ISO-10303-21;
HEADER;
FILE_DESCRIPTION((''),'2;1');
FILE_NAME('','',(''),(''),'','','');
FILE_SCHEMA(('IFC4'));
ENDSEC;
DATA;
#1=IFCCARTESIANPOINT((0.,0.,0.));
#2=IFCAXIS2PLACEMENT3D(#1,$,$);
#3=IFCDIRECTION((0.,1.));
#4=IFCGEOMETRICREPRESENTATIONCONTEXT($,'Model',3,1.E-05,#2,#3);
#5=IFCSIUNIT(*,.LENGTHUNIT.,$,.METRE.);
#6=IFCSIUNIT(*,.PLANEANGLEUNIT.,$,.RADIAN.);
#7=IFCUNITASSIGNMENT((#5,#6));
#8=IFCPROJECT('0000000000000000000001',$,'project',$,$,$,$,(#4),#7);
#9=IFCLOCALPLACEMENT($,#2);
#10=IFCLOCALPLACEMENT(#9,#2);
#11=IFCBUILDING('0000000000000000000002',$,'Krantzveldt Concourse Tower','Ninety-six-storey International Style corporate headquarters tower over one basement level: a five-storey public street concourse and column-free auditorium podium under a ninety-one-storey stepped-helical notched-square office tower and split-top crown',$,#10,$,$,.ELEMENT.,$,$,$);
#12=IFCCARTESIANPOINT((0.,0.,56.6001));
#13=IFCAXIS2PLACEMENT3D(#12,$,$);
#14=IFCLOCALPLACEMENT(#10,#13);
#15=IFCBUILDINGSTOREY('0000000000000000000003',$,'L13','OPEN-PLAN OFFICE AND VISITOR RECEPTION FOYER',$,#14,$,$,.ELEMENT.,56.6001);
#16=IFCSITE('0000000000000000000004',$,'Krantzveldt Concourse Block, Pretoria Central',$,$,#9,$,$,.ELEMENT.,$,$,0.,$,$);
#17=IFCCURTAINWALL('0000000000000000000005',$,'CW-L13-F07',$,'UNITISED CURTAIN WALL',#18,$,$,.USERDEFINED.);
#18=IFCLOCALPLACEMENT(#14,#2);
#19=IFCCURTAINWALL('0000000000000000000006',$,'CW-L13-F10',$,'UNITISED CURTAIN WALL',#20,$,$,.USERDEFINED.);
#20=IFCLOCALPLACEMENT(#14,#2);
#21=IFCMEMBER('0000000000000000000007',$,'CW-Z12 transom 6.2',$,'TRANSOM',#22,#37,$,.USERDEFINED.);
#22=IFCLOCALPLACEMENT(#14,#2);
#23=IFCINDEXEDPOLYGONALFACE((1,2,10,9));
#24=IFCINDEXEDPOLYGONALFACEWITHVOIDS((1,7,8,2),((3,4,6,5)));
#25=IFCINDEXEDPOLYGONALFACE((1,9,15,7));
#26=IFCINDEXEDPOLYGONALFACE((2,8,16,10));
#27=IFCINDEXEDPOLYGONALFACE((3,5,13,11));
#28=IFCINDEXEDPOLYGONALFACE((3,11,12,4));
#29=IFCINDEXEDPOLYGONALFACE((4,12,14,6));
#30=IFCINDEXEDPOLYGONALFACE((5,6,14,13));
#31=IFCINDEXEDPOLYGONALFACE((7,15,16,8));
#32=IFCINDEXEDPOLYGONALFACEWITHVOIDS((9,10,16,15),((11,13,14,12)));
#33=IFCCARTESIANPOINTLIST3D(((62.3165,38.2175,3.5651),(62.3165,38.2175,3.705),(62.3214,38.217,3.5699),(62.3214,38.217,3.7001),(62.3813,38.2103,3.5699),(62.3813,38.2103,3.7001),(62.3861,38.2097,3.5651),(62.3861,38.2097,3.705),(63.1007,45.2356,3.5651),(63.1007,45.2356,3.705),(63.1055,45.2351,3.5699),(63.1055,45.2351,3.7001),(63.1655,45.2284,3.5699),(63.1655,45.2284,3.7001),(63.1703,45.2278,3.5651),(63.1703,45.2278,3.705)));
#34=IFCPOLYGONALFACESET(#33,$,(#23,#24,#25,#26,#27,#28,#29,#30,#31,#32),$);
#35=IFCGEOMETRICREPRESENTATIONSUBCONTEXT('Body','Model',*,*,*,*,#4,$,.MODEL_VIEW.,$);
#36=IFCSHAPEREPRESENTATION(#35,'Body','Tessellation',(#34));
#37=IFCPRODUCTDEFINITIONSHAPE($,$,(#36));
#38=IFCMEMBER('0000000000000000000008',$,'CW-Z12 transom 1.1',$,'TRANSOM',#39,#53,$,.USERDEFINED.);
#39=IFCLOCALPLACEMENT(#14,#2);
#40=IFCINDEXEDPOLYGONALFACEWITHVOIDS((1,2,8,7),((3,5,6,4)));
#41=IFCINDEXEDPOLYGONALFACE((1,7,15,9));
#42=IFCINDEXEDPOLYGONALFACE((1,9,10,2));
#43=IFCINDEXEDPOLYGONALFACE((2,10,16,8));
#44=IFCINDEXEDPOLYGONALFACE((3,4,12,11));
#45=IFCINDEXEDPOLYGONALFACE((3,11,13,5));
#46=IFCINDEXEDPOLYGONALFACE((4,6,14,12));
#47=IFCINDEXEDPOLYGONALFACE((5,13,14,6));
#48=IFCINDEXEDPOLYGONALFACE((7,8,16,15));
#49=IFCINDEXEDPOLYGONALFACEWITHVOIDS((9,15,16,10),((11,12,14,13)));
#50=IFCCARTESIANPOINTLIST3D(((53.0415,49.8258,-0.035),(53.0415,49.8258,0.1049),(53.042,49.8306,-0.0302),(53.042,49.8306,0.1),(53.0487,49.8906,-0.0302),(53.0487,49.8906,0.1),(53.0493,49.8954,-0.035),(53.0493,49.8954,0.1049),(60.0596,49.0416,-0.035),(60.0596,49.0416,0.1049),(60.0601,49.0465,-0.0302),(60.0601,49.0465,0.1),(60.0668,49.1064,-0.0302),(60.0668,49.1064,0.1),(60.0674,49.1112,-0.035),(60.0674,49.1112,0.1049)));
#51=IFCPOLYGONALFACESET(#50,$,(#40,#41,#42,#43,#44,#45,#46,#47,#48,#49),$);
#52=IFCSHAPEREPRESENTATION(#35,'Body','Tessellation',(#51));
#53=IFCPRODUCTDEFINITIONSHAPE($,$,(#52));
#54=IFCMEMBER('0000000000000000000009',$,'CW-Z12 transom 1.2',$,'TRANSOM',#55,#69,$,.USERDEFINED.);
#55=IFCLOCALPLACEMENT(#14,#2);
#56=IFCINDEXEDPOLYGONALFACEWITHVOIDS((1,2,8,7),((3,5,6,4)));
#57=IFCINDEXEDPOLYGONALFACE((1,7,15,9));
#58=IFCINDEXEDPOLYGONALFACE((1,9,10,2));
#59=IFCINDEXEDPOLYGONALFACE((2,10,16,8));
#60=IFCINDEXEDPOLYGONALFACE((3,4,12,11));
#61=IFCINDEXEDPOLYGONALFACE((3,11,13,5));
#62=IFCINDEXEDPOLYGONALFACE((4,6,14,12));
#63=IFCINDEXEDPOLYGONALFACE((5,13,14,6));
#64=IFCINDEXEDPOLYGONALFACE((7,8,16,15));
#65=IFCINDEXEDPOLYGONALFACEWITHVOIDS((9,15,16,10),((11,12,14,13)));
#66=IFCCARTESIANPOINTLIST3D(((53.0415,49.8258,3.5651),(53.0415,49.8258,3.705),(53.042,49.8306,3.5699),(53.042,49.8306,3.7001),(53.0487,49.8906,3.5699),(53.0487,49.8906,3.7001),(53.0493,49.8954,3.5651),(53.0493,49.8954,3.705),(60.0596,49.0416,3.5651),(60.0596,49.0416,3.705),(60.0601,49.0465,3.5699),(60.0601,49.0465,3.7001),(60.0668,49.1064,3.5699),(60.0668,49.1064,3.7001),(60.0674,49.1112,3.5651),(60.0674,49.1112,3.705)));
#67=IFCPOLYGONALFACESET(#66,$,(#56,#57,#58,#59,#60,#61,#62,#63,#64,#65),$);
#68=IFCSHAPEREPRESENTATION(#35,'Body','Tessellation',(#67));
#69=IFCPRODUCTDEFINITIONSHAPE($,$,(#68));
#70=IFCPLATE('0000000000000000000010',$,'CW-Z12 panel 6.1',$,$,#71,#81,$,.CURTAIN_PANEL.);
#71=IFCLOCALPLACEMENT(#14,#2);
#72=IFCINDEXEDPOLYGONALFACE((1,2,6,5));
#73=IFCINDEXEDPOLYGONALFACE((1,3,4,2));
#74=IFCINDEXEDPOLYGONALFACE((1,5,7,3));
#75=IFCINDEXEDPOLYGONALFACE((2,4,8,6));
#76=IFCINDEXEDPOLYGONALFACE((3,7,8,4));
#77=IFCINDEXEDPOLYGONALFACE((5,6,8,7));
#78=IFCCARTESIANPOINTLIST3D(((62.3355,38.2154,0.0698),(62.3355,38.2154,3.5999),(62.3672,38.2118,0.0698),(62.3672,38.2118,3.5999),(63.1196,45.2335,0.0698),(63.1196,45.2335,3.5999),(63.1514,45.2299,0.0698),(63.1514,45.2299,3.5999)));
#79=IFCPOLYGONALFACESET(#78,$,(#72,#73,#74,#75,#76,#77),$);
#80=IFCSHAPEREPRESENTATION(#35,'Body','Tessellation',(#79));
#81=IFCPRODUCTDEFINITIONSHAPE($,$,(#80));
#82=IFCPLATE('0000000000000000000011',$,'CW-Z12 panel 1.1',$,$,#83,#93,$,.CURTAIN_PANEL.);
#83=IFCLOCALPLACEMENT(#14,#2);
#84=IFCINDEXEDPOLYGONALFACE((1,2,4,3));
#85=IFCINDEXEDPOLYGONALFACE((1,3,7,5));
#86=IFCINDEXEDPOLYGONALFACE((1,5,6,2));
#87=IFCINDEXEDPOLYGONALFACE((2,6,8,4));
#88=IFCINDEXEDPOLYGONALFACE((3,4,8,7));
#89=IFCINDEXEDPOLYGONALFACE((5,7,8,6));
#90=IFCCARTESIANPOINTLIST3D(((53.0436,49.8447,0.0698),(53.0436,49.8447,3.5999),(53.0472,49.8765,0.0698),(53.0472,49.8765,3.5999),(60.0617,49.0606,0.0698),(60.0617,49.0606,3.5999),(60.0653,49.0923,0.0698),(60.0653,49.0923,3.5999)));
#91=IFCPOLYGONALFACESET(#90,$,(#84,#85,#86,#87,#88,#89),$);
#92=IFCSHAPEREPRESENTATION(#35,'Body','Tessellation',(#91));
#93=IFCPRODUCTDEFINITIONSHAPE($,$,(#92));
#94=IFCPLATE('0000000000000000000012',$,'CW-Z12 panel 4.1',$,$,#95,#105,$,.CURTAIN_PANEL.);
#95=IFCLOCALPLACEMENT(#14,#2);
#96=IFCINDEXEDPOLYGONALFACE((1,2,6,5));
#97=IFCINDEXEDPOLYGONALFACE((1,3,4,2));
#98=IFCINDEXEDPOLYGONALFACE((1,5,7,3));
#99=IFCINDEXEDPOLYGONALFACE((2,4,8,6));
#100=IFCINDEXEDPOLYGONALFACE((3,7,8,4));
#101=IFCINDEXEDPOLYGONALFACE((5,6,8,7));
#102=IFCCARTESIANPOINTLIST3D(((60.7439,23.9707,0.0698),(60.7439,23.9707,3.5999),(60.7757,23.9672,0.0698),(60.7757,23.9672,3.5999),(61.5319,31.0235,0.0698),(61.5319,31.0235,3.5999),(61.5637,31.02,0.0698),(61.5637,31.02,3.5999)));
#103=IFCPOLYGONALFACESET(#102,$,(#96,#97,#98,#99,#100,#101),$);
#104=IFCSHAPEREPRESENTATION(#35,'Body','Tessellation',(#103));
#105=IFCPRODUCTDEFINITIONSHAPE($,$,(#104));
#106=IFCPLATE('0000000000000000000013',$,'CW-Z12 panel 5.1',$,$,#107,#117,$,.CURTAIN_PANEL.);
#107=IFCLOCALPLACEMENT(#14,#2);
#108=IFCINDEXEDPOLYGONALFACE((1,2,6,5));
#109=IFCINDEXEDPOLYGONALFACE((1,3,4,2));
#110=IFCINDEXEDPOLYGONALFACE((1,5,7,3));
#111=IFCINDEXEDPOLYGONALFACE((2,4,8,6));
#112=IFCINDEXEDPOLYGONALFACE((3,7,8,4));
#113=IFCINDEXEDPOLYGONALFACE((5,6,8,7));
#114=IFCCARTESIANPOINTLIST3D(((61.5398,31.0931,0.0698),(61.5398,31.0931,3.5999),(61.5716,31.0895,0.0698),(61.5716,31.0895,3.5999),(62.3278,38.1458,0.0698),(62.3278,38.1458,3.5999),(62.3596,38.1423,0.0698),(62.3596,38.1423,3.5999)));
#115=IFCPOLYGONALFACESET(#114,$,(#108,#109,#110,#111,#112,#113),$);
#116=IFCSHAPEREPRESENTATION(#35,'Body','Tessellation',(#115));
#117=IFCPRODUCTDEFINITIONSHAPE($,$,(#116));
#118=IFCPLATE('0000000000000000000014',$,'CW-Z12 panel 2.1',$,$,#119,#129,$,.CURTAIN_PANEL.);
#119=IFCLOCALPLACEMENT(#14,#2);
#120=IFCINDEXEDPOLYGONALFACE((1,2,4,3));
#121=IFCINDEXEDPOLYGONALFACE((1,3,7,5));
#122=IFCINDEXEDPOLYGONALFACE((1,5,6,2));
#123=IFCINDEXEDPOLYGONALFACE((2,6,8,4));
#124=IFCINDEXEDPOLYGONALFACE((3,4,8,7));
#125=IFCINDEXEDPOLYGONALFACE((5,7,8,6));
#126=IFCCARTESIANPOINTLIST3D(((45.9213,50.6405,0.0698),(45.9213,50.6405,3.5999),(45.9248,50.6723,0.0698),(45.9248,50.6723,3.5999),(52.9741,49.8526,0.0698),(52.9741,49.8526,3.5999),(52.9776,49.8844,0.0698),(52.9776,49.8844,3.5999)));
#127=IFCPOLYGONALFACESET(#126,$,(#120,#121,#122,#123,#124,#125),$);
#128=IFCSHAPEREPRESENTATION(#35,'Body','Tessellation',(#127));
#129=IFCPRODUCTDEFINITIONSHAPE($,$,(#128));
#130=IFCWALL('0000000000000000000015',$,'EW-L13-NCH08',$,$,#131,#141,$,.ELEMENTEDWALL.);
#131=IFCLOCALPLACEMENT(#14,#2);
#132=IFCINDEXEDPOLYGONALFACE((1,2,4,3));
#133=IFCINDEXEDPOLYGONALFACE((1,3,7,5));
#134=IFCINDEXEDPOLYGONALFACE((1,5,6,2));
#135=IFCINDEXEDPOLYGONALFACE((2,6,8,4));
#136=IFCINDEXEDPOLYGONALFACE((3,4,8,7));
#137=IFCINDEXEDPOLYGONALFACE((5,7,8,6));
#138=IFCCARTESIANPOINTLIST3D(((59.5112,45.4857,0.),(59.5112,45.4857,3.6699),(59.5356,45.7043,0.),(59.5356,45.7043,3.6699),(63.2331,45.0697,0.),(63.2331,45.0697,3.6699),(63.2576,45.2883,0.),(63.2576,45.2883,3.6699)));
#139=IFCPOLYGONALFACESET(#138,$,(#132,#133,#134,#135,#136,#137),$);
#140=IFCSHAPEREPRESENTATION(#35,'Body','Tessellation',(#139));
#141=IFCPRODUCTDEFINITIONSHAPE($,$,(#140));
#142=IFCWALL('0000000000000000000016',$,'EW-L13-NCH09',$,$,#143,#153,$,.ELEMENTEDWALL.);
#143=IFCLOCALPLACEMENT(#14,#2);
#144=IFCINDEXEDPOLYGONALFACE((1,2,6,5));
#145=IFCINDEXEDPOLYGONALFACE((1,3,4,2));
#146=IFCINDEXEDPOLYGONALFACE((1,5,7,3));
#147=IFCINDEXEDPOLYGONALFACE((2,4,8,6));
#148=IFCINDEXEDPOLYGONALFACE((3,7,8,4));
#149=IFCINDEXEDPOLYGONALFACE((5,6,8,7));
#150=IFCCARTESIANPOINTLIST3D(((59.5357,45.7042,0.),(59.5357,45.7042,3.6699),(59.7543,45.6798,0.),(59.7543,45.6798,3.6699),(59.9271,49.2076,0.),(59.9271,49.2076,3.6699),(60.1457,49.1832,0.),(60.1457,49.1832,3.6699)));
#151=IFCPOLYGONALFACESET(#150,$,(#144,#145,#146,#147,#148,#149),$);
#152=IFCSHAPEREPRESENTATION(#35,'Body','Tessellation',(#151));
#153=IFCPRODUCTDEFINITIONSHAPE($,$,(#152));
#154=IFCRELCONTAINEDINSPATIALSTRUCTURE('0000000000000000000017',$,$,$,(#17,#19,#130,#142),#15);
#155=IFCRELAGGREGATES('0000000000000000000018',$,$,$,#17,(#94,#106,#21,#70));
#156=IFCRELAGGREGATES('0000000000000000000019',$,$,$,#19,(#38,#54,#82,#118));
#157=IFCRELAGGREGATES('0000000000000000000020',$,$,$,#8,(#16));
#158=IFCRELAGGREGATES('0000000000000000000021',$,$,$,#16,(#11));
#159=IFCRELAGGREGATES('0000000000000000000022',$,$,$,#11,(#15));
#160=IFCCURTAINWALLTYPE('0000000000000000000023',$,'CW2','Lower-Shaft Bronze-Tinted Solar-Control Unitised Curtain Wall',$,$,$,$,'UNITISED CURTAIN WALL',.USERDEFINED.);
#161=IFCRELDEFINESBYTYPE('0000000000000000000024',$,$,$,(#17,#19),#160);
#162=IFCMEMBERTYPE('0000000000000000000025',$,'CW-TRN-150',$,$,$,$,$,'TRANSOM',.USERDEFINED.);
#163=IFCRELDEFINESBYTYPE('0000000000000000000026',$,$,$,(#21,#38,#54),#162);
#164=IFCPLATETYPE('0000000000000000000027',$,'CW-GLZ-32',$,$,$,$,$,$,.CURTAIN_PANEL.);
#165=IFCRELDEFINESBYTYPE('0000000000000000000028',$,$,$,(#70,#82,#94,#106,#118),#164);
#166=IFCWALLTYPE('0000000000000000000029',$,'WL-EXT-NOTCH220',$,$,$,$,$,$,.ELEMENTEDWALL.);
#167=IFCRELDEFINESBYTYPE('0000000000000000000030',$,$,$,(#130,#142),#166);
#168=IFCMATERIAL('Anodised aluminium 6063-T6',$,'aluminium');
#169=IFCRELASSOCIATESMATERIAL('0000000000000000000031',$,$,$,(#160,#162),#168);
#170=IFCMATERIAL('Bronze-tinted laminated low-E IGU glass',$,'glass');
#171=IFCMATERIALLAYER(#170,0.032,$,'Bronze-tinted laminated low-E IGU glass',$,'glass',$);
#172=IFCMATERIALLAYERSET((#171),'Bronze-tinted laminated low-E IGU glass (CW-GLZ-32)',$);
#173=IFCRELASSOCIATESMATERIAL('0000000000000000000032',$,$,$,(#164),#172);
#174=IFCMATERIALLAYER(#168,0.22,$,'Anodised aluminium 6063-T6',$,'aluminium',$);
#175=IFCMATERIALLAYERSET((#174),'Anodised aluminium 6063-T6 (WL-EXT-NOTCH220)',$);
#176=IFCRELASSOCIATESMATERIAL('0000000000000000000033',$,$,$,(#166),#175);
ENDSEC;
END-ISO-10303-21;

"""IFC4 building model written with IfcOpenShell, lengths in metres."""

from ifc_helpers import new_model, si_unit, direction, frame, frame_2d, origin, origin_2d, place, context, subcontext, project, spatial, rectangle, hollow_rectangle, extrude, source, transform, mapped, material, layer, layer_set, material_profile, profile_set, type_object, type_shapes, element, aggregate, save


model = new_model("IFC4")

# Units and contexts
model_context = context("Model", 3, precision=1e-05, world=origin(), true_north=direction((0.0, 1.0)))
body_context = subcontext(model_context, "Body", "Model", "MODEL_VIEW")
ifc_project = project(units=[si_unit("LENGTHUNIT", "METRE"), si_unit("PLANEANGLEUNIT", "RADIAN")], contexts=[model_context])

# Site, building, storey
site_placement = place(None, origin())
site = spatial("IfcSite", under=ifc_project, at=site_placement, Name="Krantzveldt Concourse Block, Pretoria Central", CompositionType="ELEMENT", RefElevation=0.0)
building_placement = place(site_placement, origin())
building = spatial("IfcBuilding", under=site, at=building_placement, Name="Krantzveldt Concourse Tower", Description="Ninety-six-storey International Style corporate headquarters tower over one basement level: a five-storey public street concourse and column-free auditorium podium under a ninety-one-storey stepped-helical notched-square office tower and split-top crown", CompositionType="ELEMENT")
storey_placement = place(building_placement, frame((0.0, 0.0, 56.6001)))
storey = spatial("IfcBuildingStorey", under=building, at=storey_placement, Name="L13", Description="OPEN-PLAN OFFICE AND VISITOR RECEPTION FOYER", CompositionType="ELEMENT", Elevation=56.6001)

# Curtain walls
ifc_material_1 = material(Name="Anodised aluminium 6063-T6", Category="aluminium")
curtain_wall_type = type_object("IfcCurtainWallType", Name="CW2", Description="Lower-Shaft Bronze-Tinted Solar-Control Unitised Curtain Wall", ElementType="UNITISED CURTAIN WALL", PredefinedType="USERDEFINED", material=ifc_material_1)
curtain_wall_1_placement = place(storey_placement, origin())
curtain_wall_1 = element("IfcCurtainWall", 1, at=curtain_wall_1_placement, inside=storey, type_object=curtain_wall_type, Name="CW-L13-F07", ObjectType="UNITISED CURTAIN WALL", PredefinedType="USERDEFINED")
curtain_wall_2_placement = place(storey_placement, origin())
curtain_wall_2 = element("IfcCurtainWall", 2, at=curtain_wall_2_placement, inside=storey, type_object=curtain_wall_type, Name="CW-L13-F10", ObjectType="UNITISED CURTAIN WALL", PredefinedType="USERDEFINED")

# Members
ifc_material_profile_1 = material_profile(ifc_material_1, hollow_rectangle(XDim=0.0701, YDim=0.1399, WallThickness=0.0049, at=origin_2d()), Name="Anodised aluminium 6063-T6", Category="aluminium")
ifc_profile_set_1 = profile_set([ifc_material_profile_1], Name="Anodised aluminium 6063-T6 - ALU-TRAN 140x70x5")
member_type_1 = type_object("IfcMemberType", Name="CW-TRN-150", ElementType="TRANSOM", PredefinedType="USERDEFINED", material=ifc_profile_set_1)
shared_shape_1 = source(origin(), body_context, "Body", "SweptSolid", [
    extrude(hollow_rectangle(XDim=0.0701, YDim=0.1399, WallThickness=0.0049, at=origin_2d()), origin(), (0.0, 0.0, 1.0), 7.0618),
])
member_1_placement = place(storey_placement, frame((62.3513, 38.2136, 3.635), z_axis=(0.111046, 0.993815, 0.0), x_axis=(-0.993815, 0.111046, 0.0)))
member_1 = element("IfcMember", 3, at=member_1_placement, type_object=member_type_1, Name="CW-Z12 transom 6.2", ObjectType="TRANSOM", PredefinedType="USERDEFINED", context=body_context, shape_type="MappedRepresentation", body=[
    mapped(shared_shape_1, transform((0.0, 0.0, 0.0), x_axis=(1.0, 0.0, 0.0), y_axis=(0.0, 1.0, 0.0), z_axis=(0.0, 0.0, 1.0), scale=1.0)),
])
member_2_placement = place(storey_placement, frame((60.0635, 49.0764, 0.0349), z_axis=(-0.993815, 0.111046, 0.0), x_axis=(-0.111046, -0.993815, 0.0)))
member_2 = element("IfcMember", 4, at=member_2_placement, type_object=member_type_1, Name="CW-Z12 transom 1.1", ObjectType="TRANSOM", PredefinedType="USERDEFINED", context=body_context, shape_type="MappedRepresentation", body=[
    mapped(shared_shape_1, transform((0.0, 0.0, 0.0), x_axis=(1.0, 0.0, 0.0), y_axis=(0.0, 1.0, 0.0), z_axis=(0.0, 0.0, 1.0), scale=1.0)),
])
member_3_placement = place(storey_placement, frame((60.0635, 49.0764, 3.635), z_axis=(-0.993815, 0.111046, 0.0), x_axis=(-0.111046, -0.993815, 0.0)))
member_3 = element("IfcMember", 5, at=member_3_placement, type_object=member_type_1, Name="CW-Z12 transom 1.2", ObjectType="TRANSOM", PredefinedType="USERDEFINED", context=body_context, shape_type="MappedRepresentation", body=[
    mapped(shared_shape_1, transform((0.0, 0.0, 0.0), x_axis=(1.0, 0.0, 0.0), y_axis=(0.0, 1.0, 0.0), z_axis=(0.0, 0.0, 1.0), scale=1.0)),
])

# Plates
ifc_material_2 = material(Name="Bronze-tinted laminated low-E IGU glass", Category="glass")
ifc_layer_1 = layer(ifc_material_2, 0.032, Name="Bronze-tinted laminated low-E IGU glass", Category="glass")
ifc_layer_set_1 = layer_set([ifc_layer_1], Name="Bronze-tinted laminated low-E IGU glass (CW-GLZ-32)")
plate_type = type_object("IfcPlateType", Name="CW-GLZ-32", PredefinedType="CURTAIN_PANEL", material=ifc_layer_set_1)
shared_shape_2 = source(origin(), body_context, "Body", "SweptSolid", [
    extrude(rectangle(XDim=7.0618, YDim=0.032, at=origin_2d()), origin(), (0.0, 0.0, 1.0), 3.53),
])
plate_1_placement = place(storey_placement, frame((62.7434, 41.7227, 0.0698), z_axis=(0.0, 0.0, 1.0), x_axis=(0.111035, 0.993816, 0.0)))
plate_1 = element("IfcPlate", 6, at=plate_1_placement, type_object=plate_type, Name="CW-Z12 panel 6.1", PredefinedType="CURTAIN_PANEL", context=body_context, shape_type="MappedRepresentation", body=[
    mapped(shared_shape_2, transform((0.0, 0.0, 0.0), x_axis=(1.0, 0.0, 0.0), y_axis=(0.0, 1.0, 0.0), z_axis=(0.0, 0.0, 1.0), scale=1.0)),
])
plate_2_placement = place(storey_placement, frame((56.5544, 49.4685, 0.0698), z_axis=(0.0, 0.0, 1.0), x_axis=(-0.993816, 0.111035, 0.0)))
plate_2 = element("IfcPlate", 7, at=plate_2_placement, type_object=plate_type, Name="CW-Z12 panel 1.1", PredefinedType="CURTAIN_PANEL", context=body_context, shape_type="MappedRepresentation", body=[
    mapped(shared_shape_2, transform((0.0, 0.0, 0.0), x_axis=(1.0, 0.0, 0.0), y_axis=(0.0, 1.0, 0.0), z_axis=(0.0, 0.0, 1.0), scale=1.0)),
])
shared_shape_3 = source(origin(), body_context, "Body", "SweptSolid", [
    extrude(rectangle(XDim=7.0967, YDim=0.032, at=origin_2d()), origin(), (0.0, 0.0, 1.0), 3.53),
])
type_shapes(plate_type, [shared_shape_2, shared_shape_3])
plate_3_placement = place(storey_placement, frame((61.1538, 27.4954, 0.0698), z_axis=(0.0, 0.0, 1.0), x_axis=(0.111035, 0.993816, 0.0)))
plate_3 = element("IfcPlate", 8, at=plate_3_placement, type_object=plate_type, Name="CW-Z12 panel 4.1", PredefinedType="CURTAIN_PANEL", context=body_context, shape_type="MappedRepresentation", body=[
    mapped(shared_shape_3, transform((0.0, 0.0, 0.0), x_axis=(1.0, 0.0, 0.0), y_axis=(0.0, 1.0, 0.0), z_axis=(0.0, 0.0, 1.0), scale=1.0)),
])
plate_4_placement = place(storey_placement, frame((61.9497, 34.6177, 0.0698), z_axis=(0.0, 0.0, 1.0), x_axis=(0.111035, 0.993816, 0.0)))
plate_4 = element("IfcPlate", 9, at=plate_4_placement, type_object=plate_type, Name="CW-Z12 panel 5.1", PredefinedType="CURTAIN_PANEL", context=body_context, shape_type="MappedRepresentation", body=[
    mapped(shared_shape_3, transform((0.0, 0.0, 0.0), x_axis=(1.0, 0.0, 0.0), y_axis=(0.0, 1.0, 0.0), z_axis=(0.0, 0.0, 1.0), scale=1.0)),
])
aggregate(curtain_wall_1, [plate_3, plate_4, member_1, plate_1])
plate_5_placement = place(storey_placement, frame((49.4495, 50.2625, 0.0698), z_axis=(0.0, 0.0, 1.0), x_axis=(-0.993816, 0.111035, 0.0)))
plate_5 = element("IfcPlate", 10, at=plate_5_placement, type_object=plate_type, Name="CW-Z12 panel 2.1", PredefinedType="CURTAIN_PANEL", context=body_context, shape_type="MappedRepresentation", body=[
    mapped(shared_shape_3, transform((0.0, 0.0, 0.0), x_axis=(1.0, 0.0, 0.0), y_axis=(0.0, 1.0, 0.0), z_axis=(0.0, 0.0, 1.0), scale=1.0)),
])
aggregate(curtain_wall_2, [member_2, member_3, plate_2, plate_5])

# Walls
ifc_layer_2 = layer(ifc_material_1, 0.22, Name="Anodised aluminium 6063-T6", Category="aluminium")
ifc_layer_set_2 = layer_set([ifc_layer_2], Name="Anodised aluminium 6063-T6 (WL-EXT-NOTCH220)")
wall_type = type_object("IfcWallType", Name="WL-EXT-NOTCH220", PredefinedType="ELEMENTEDWALL", material=ifc_layer_set_2)
wall_1_placement = place(storey_placement, frame((63.2454, 45.179, 0.0), z_axis=(0.0, 0.0, 1.0), x_axis=(-0.993811, 0.111083, 0.0)))
element("IfcWall", 11, at=wall_1_placement, inside=storey, type_object=wall_type, Name="EW-L13-NCH08", PredefinedType="ELEMENTEDWALL", context=body_context, shape_type="SweptSolid", body=[
    extrude(rectangle(XDim=3.7451, YDim=0.22, at=frame_2d((1.8726, 0.0))), origin(), (0.0, 0.0, 1.0), 3.6699),
])
wall_2_placement = place(storey_placement, frame((59.645, 45.6919, 0.0), z_axis=(0.0, 0.0, 1.0), x_axis=(0.111017, 0.993819, 0.0)))
element("IfcWall", 12, at=wall_2_placement, inside=storey, type_object=wall_type, Name="EW-L13-NCH09", PredefinedType="ELEMENTEDWALL", context=body_context, shape_type="SweptSolid", body=[
    extrude(rectangle(XDim=3.5251, YDim=0.22, at=frame_2d((1.7627, 0.0))), origin(), (0.0, 0.0, 1.0), 3.6699),
])

save(model, "model.ifc")
